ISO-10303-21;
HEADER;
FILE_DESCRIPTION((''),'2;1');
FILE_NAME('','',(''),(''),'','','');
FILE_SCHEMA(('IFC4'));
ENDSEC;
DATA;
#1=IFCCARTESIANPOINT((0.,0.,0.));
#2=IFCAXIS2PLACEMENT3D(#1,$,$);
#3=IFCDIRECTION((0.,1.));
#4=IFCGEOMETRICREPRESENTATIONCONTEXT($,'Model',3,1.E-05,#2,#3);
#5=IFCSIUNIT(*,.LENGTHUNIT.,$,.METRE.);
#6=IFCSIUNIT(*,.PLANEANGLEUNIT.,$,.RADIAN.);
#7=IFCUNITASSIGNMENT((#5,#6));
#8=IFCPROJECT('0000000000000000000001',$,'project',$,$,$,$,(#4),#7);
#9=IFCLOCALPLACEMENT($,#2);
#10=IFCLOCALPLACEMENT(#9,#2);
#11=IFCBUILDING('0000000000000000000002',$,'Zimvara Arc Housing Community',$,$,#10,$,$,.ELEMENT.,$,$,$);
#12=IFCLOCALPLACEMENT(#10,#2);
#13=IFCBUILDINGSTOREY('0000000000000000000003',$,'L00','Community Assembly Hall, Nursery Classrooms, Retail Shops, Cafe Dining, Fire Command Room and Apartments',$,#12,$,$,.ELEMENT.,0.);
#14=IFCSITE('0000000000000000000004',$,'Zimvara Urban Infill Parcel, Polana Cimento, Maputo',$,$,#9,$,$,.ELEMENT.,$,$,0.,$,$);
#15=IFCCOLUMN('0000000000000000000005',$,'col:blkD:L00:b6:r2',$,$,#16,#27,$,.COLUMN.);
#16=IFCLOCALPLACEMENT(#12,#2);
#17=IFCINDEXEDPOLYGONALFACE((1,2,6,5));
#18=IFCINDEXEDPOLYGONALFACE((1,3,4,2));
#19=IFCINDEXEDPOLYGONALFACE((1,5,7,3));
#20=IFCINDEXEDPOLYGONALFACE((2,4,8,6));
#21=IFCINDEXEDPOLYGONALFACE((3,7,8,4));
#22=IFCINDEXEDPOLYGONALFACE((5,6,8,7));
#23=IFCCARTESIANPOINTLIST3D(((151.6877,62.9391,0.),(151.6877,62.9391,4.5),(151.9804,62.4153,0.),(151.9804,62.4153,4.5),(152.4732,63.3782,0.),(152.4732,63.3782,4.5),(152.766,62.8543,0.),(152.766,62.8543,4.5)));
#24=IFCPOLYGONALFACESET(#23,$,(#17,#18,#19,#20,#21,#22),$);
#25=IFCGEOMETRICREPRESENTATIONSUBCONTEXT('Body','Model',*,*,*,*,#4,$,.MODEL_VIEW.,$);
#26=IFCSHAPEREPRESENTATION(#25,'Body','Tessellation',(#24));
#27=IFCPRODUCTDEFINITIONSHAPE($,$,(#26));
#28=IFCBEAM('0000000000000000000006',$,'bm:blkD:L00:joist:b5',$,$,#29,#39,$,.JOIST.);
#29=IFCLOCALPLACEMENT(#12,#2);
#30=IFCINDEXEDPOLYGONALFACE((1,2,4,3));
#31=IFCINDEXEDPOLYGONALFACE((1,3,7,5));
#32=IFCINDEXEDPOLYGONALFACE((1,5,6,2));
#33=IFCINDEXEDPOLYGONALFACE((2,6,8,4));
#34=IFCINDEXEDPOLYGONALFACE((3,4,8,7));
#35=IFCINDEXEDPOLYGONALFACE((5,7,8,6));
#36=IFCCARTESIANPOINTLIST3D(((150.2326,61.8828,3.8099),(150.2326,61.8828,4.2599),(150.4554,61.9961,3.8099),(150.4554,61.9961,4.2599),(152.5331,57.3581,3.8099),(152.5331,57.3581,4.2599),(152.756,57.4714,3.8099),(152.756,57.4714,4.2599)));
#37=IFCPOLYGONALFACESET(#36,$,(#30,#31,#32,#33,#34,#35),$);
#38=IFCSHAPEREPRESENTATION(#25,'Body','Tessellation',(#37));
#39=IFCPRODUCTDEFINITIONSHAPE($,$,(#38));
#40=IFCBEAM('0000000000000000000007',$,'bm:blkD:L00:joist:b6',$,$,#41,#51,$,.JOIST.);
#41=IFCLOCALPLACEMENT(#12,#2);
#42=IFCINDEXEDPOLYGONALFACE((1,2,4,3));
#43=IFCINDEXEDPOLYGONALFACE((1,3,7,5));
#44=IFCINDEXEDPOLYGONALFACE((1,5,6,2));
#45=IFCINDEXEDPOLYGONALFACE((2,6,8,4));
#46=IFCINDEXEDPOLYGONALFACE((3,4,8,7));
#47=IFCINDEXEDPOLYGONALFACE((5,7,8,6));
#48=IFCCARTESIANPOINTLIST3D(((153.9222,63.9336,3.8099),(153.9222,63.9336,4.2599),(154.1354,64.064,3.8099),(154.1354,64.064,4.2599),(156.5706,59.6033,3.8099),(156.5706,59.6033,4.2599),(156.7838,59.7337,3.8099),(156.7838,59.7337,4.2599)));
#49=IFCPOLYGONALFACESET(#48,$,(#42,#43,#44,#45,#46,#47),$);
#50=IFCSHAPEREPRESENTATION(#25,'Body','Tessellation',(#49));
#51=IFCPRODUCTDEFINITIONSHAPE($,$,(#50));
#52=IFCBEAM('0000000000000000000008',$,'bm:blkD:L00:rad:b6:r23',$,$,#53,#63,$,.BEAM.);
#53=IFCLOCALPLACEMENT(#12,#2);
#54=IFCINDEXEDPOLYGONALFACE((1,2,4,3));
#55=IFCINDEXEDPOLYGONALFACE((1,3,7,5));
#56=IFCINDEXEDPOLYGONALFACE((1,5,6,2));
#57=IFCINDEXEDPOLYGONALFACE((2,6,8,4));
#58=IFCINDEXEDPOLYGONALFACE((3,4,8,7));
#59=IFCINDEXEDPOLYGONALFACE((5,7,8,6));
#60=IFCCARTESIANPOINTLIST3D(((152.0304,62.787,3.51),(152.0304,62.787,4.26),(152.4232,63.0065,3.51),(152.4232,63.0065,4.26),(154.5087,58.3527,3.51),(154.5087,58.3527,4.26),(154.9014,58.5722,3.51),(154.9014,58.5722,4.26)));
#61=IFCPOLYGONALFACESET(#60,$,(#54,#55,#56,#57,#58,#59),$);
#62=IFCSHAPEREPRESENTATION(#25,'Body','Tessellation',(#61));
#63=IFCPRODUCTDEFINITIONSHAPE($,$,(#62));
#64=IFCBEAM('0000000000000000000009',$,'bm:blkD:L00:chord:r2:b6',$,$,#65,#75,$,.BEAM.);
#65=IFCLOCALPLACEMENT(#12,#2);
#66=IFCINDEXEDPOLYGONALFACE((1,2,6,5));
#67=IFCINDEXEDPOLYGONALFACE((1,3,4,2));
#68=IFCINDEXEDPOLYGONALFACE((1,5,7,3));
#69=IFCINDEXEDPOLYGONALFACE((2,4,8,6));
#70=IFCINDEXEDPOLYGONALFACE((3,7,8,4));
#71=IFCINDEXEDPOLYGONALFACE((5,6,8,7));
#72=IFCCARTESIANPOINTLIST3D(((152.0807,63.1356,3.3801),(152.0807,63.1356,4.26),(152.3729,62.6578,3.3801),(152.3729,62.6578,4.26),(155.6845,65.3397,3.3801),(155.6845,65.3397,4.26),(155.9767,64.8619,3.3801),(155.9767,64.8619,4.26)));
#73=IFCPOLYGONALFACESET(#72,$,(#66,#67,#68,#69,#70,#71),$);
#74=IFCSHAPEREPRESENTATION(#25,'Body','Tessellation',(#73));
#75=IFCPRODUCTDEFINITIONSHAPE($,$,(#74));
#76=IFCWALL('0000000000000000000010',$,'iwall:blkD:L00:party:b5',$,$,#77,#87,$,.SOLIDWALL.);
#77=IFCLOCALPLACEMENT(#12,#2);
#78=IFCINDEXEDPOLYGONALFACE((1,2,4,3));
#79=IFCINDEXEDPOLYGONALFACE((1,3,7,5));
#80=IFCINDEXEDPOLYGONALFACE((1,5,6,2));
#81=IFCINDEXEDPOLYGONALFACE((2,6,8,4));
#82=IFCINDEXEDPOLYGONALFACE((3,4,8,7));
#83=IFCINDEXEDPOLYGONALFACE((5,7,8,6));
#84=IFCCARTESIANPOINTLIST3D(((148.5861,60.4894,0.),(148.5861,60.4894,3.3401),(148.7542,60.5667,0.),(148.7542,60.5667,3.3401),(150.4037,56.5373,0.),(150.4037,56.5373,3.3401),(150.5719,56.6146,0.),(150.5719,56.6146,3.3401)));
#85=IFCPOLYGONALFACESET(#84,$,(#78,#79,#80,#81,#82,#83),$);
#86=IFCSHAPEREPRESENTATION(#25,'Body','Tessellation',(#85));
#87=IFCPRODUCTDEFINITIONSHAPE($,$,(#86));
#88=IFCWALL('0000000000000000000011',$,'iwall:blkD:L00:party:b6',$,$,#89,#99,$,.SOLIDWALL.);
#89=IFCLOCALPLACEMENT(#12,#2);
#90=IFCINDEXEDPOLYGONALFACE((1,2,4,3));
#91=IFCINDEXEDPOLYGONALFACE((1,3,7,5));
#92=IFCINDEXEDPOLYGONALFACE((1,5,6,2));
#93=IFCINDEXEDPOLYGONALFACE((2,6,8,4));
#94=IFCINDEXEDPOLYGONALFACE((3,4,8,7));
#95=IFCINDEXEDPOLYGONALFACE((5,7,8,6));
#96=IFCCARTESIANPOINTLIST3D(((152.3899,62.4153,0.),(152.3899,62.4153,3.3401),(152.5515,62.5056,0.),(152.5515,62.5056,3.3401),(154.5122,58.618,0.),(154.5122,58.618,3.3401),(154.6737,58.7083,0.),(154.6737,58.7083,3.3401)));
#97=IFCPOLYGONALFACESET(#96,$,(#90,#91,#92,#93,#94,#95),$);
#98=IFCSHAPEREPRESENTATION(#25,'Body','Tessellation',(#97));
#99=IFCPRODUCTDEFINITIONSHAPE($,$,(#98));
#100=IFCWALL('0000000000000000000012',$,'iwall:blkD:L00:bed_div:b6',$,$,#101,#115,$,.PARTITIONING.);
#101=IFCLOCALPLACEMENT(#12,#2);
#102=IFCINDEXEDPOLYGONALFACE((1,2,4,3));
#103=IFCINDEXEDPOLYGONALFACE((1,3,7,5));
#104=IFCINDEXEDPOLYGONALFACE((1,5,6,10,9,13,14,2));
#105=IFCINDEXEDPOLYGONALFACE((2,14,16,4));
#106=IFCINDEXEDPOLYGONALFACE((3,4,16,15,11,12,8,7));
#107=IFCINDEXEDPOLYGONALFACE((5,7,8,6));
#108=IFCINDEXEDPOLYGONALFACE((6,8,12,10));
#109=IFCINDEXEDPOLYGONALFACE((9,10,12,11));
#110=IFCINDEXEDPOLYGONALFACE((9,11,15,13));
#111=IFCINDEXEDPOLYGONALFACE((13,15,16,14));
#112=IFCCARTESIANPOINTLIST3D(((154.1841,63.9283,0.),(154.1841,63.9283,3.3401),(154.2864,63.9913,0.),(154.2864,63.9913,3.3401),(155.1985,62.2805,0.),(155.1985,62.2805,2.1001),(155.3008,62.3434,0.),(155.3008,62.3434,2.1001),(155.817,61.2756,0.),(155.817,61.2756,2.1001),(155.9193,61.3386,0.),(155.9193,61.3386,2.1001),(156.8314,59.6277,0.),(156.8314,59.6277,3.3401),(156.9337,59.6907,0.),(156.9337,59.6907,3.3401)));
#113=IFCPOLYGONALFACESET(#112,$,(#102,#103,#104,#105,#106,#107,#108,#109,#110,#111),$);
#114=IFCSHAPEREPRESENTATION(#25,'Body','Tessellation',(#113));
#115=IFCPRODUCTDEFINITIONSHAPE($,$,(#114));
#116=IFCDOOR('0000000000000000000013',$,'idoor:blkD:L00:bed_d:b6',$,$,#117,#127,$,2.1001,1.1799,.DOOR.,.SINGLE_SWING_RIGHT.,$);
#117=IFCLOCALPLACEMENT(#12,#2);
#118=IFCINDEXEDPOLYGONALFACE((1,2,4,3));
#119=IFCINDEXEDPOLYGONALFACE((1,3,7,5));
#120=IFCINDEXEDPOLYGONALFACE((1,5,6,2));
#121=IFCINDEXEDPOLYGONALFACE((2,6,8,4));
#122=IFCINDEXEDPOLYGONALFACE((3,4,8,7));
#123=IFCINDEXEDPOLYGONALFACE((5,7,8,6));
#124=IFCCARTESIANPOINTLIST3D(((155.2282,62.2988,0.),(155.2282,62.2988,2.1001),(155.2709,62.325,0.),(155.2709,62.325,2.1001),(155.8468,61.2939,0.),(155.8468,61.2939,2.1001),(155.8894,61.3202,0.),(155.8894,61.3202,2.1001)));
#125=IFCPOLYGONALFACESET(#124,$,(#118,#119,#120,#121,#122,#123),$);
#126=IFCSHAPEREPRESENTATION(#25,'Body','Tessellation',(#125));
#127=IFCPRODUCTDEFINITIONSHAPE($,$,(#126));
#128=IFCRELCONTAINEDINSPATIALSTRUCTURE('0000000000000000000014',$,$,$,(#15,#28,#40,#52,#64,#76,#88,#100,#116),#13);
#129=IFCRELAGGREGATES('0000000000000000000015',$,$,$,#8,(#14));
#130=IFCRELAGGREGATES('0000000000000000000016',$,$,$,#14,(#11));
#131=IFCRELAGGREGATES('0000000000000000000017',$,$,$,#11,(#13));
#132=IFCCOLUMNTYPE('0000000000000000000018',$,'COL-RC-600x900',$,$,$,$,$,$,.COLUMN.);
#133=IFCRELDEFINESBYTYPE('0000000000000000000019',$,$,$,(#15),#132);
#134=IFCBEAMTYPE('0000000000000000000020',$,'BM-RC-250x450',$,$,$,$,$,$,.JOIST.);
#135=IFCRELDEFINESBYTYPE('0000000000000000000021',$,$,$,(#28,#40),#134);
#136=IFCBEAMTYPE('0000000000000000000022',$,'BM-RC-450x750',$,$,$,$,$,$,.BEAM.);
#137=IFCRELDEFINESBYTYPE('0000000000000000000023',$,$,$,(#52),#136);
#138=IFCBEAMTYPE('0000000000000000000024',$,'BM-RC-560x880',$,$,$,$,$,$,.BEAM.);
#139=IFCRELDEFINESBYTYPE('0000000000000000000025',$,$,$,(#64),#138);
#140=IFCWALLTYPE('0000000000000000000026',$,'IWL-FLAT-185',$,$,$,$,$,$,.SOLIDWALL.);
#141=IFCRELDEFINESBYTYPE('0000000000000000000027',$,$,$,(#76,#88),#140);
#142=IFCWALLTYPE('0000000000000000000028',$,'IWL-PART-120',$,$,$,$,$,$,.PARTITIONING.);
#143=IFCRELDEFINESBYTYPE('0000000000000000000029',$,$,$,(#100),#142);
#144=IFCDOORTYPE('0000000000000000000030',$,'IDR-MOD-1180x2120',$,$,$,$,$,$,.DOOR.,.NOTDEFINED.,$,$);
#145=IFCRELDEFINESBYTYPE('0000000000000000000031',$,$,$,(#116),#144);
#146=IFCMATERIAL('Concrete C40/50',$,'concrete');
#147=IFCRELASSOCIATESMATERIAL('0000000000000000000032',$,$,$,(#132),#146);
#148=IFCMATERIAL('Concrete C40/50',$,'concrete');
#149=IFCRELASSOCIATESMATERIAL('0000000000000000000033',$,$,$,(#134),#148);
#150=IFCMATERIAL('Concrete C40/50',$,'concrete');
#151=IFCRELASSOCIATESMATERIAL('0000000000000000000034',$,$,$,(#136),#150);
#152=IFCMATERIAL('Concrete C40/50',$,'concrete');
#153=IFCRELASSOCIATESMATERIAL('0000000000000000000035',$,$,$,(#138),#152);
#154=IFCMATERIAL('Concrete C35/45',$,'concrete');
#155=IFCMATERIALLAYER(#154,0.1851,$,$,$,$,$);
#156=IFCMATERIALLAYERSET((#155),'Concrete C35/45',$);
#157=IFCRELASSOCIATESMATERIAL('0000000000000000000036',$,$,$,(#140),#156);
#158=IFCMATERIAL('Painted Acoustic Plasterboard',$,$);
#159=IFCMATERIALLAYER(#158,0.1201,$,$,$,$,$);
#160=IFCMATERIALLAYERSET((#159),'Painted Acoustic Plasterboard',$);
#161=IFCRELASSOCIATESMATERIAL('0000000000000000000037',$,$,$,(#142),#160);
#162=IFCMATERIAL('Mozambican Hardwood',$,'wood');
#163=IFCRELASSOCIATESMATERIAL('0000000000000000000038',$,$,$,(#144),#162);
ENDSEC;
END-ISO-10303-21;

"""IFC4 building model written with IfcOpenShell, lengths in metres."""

from ifc_helpers import new_model, si_unit, direction, frame, frame_2d, origin, origin_2d, place, context, subcontext, project, spatial, rectangle, extrude, material, layer, layer_set, material_profile, profile_set, type_object, element, fill, save


model = new_model("IFC4")

# Units and contexts
model_context = context("Model", 3, precision=1e-05, world=origin(), true_north=direction((0.0, 1.0)))
body_context = subcontext(model_context, "Body", "Model", "MODEL_VIEW")
ifc_project = project(units=[si_unit("LENGTHUNIT", "METRE"), si_unit("PLANEANGLEUNIT", "RADIAN")], contexts=[model_context])

# Site, building, storey
site_placement = place(None, origin())
site = spatial("IfcSite", under=ifc_project, at=site_placement, Name="Zimvara Urban Infill Parcel, Polana Cimento, Maputo", CompositionType="ELEMENT", RefElevation=0.0)
building_placement = place(site_placement, origin())
building = spatial("IfcBuilding", under=site, at=building_placement, Name="Zimvara Arc Housing Community", CompositionType="ELEMENT")
storey_placement = place(building_placement, origin())
storey = spatial("IfcBuildingStorey", under=building, at=storey_placement, Name="L00", Description="Community Assembly Hall, Nursery Classrooms, Retail Shops, Cafe Dining, Fire Command Room and Apartments", CompositionType="ELEMENT", Elevation=0.0)

# Column
ifc_material_1 = material(Name="Concrete C40/50", Category="concrete")
ifc_material_profile_1 = material_profile(ifc_material_1, rectangle(XDim=0.6001, YDim=0.8999, at=origin_2d()), Name="RC 600x900")
ifc_profile_set_1 = profile_set([ifc_material_profile_1], Name="Concrete C40/50")
column_type = type_object("IfcColumnType", Name="COL-RC-600x900", PredefinedType="COLUMN", material=ifc_profile_set_1)
column_placement = place(storey_placement, frame((152.2268, 62.8967, 0.0), z_axis=(0.0, 0.0, 1.0), x_axis=(0.48786, -0.872922, 0.0)))
element("IfcColumn", 1, at=column_placement, inside=storey, type_object=column_type, Name="col:blkD:L00:b6:r2", PredefinedType="COLUMN", context=body_context, shape_type="SweptSolid", body=[
    extrude(rectangle(XDim=0.6001, YDim=0.8999, at=origin_2d()), origin(), (0.0, 0.0, 1.0), 4.5),
])

# Beams
ifc_material_2 = material(Name="Concrete C40/50", Category="concrete")
ifc_material_profile_2 = material_profile(ifc_material_2, rectangle(XDim=0.25, YDim=0.45, at=origin_2d()), Name="RC 250x450")
ifc_profile_set_2 = profile_set([ifc_material_profile_2], Name="Concrete C40/50")
beam_type_1 = type_object("IfcBeamType", Name="BM-RC-250x450", PredefinedType="JOIST", material=ifc_profile_set_2)
for number, where, z_axis, x_axis, name in (
    (2, (150.344, 61.9395, 4.0349), (0.453225, -0.891396, 0.0), (0.891396, 0.453225, 0.0), "bm:blkD:L00:joist:b5"),
    (3, (154.0288, 63.9988, 4.0349), (0.521755, -0.853095, 0.0), (0.853095, 0.521755, 0.0), "bm:blkD:L00:joist:b6"),
):
    element("IfcBeam", number, at=place(storey_placement, frame(where, z_axis=z_axis, x_axis=x_axis)), inside=storey, type_object=beam_type_1, Name=name, PredefinedType="JOIST", context=body_context, shape_type="SweptSolid", body=[
        extrude(rectangle(XDim=0.25, YDim=0.45, at=origin_2d()), origin(), (0.0, 0.0, 1.0), 5.0759),
    ])
ifc_material_3 = material(Name="Concrete C40/50", Category="concrete")
ifc_material_profile_3 = material_profile(ifc_material_3, rectangle(XDim=0.45, YDim=0.75, at=origin_2d()), Name="RC 450x750")
ifc_profile_set_3 = profile_set([ifc_material_profile_3], Name="Concrete C40/50")
beam_type_2 = type_object("IfcBeamType", Name="BM-RC-450x750", PredefinedType="BEAM", material=ifc_profile_set_3)
beam_1_placement = place(storey_placement, frame((152.2268, 62.8967, 3.885), z_axis=(0.487861, -0.872921, 0.0), x_axis=(0.872921, 0.487861, 0.0)))
element("IfcBeam", 4, at=beam_1_placement, inside=storey, type_object=beam_type_2, Name="bm:blkD:L00:rad:b6:r23", PredefinedType="BEAM", context=body_context, shape_type="SweptSolid", body=[
    extrude(rectangle(XDim=0.45, YDim=0.75, at=origin_2d()), origin(), (0.0, 0.0, 1.0), 5.0798),
])
ifc_material_4 = material(Name="Concrete C40/50", Category="concrete")
ifc_material_profile_4 = material_profile(ifc_material_4, rectangle(XDim=0.5601, YDim=0.8799, at=origin_2d()), Name="RC 560x880")
ifc_profile_set_4 = profile_set([ifc_material_profile_4], Name="Concrete C40/50")
beam_type_3 = type_object("IfcBeamType", Name="BM-RC-560x880", PredefinedType="BEAM", material=ifc_profile_set_4)
beam_2_placement = place(storey_placement, frame((152.2268, 62.8967, 3.8201), z_axis=(0.853092, 0.521761, 0.0), x_axis=(-0.521761, 0.853092, 0.0)))
element("IfcBeam", 5, at=beam_2_placement, inside=storey, type_object=beam_type_3, Name="bm:blkD:L00:chord:r2:b6", PredefinedType="BEAM", context=body_context, shape_type="SweptSolid", body=[
    extrude(rectangle(XDim=0.5601, YDim=0.8799, at=origin_2d()), origin(), (0.0, 0.0, 1.0), 4.2244),
])

# Walls
ifc_material_5 = material(Name="Concrete C35/45", Category="concrete")
ifc_layer_1 = layer(ifc_material_5, 0.1851)
ifc_layer_set_1 = layer_set([ifc_layer_1], Name="Concrete C35/45")
wall_type_1 = type_object("IfcWallType", Name="IWL-FLAT-185", PredefinedType="SOLIDWALL", material=ifc_layer_set_1)
for number, where, z_axis, x_axis, name in (
    (6, (148.6702, 60.5281, 0.0), (0.0, 0.0, 1.0), (0.417837, -0.908522, 0.0), "iwall:blkD:L00:party:b5"),
    (7, (152.4707, 62.4604, 0.0), (0.0, 0.0, 1.0), (0.487867, -0.872918, 0.0), "iwall:blkD:L00:party:b6"),
):
    element("IfcWall", number, at=place(storey_placement, frame(where, z_axis=z_axis, x_axis=x_axis)), inside=storey, type_object=wall_type_1, Name=name, PredefinedType="SOLIDWALL", context=body_context, shape_type="SweptSolid", body=[
        extrude(rectangle(XDim=4.3501, YDim=0.1851, at=frame_2d((2.175, 0.0))), origin(), (0.0, 0.0, 1.0), 3.3401),
    ])

# Wall, opening, door
ifc_material_6 = material(Name="Painted Acoustic Plasterboard")
ifc_layer_2 = layer(ifc_material_6, 0.1201)
ifc_layer_set_2 = layer_set([ifc_layer_2], Name="Painted Acoustic Plasterboard")
wall_type_2 = type_object("IfcWallType", Name="IWL-PART-120", PredefinedType="PARTITIONING", material=ifc_layer_set_2)
wall_1_placement = place(storey_placement, frame((154.2354, 63.9597, 0.0), z_axis=(0.0, 0.0, 1.0), x_axis=(0.524203, -0.851594, 0.0)))
wall_1 = element("IfcWall", 8, at=wall_1_placement, inside=storey, type_object=wall_type_2, Name="iwall:blkD:L00:bed_div:b6", PredefinedType="PARTITIONING", context=body_context, shape_type="SweptSolid", body=[
    extrude(rectangle(XDim=5.05, YDim=0.1201, at=frame_2d((2.5249, 0.0))), origin(), (0.0, 0.0, 1.0), 3.3401),
])
opening_1_placement = place(wall_1_placement, frame((1.9351, 0.0, 0.0)))
opening_1 = element("IfcOpeningElement", 9, at=opening_1_placement, cuts=wall_1, PredefinedType="OPENING", context=body_context, shape_type="SweptSolid", body=[
    extrude(rectangle(XDim=1.1799, YDim=2.1001, at=frame_2d((0.5898, 1.05))), frame((0.0, 0.0701, 0.0), z_axis=(0.0, -1.0, 0.0), x_axis=(1.0, 0.0, 0.0)), (0.0, 0.0, 1.0), 0.1401),
])
ifc_material_7 = material(Name="Mozambican Hardwood", Category="wood")
door_type_1 = type_object("IfcDoorType", Name="IDR-MOD-1180x2120", OperationType="NOTDEFINED", PredefinedType="DOOR", material=ifc_material_7)
door_1_placement = place(opening_1_placement, origin())
door_1 = element("IfcDoor", 10, at=door_1_placement, inside=storey, type_object=door_type_1, Name="idoor:blkD:L00:bed_d:b6", OperationType="SINGLE_SWING_RIGHT", OverallHeight=2.1001, OverallWidth=1.1799, PredefinedType="DOOR", context=body_context, shape_type="SweptSolid", body=[
    extrude(rectangle(XDim=1.1799, YDim=2.1001, at=frame_2d((0.5898, 1.05))), frame((0.0, 0.0249, 0.0), z_axis=(0.0, -1.0, 0.0), x_axis=(1.0, 0.0, 0.0)), (0.0, 0.0, 1.0), 0.05),
])
fill(opening_1, door_1)

save(model, "model.ifc")
